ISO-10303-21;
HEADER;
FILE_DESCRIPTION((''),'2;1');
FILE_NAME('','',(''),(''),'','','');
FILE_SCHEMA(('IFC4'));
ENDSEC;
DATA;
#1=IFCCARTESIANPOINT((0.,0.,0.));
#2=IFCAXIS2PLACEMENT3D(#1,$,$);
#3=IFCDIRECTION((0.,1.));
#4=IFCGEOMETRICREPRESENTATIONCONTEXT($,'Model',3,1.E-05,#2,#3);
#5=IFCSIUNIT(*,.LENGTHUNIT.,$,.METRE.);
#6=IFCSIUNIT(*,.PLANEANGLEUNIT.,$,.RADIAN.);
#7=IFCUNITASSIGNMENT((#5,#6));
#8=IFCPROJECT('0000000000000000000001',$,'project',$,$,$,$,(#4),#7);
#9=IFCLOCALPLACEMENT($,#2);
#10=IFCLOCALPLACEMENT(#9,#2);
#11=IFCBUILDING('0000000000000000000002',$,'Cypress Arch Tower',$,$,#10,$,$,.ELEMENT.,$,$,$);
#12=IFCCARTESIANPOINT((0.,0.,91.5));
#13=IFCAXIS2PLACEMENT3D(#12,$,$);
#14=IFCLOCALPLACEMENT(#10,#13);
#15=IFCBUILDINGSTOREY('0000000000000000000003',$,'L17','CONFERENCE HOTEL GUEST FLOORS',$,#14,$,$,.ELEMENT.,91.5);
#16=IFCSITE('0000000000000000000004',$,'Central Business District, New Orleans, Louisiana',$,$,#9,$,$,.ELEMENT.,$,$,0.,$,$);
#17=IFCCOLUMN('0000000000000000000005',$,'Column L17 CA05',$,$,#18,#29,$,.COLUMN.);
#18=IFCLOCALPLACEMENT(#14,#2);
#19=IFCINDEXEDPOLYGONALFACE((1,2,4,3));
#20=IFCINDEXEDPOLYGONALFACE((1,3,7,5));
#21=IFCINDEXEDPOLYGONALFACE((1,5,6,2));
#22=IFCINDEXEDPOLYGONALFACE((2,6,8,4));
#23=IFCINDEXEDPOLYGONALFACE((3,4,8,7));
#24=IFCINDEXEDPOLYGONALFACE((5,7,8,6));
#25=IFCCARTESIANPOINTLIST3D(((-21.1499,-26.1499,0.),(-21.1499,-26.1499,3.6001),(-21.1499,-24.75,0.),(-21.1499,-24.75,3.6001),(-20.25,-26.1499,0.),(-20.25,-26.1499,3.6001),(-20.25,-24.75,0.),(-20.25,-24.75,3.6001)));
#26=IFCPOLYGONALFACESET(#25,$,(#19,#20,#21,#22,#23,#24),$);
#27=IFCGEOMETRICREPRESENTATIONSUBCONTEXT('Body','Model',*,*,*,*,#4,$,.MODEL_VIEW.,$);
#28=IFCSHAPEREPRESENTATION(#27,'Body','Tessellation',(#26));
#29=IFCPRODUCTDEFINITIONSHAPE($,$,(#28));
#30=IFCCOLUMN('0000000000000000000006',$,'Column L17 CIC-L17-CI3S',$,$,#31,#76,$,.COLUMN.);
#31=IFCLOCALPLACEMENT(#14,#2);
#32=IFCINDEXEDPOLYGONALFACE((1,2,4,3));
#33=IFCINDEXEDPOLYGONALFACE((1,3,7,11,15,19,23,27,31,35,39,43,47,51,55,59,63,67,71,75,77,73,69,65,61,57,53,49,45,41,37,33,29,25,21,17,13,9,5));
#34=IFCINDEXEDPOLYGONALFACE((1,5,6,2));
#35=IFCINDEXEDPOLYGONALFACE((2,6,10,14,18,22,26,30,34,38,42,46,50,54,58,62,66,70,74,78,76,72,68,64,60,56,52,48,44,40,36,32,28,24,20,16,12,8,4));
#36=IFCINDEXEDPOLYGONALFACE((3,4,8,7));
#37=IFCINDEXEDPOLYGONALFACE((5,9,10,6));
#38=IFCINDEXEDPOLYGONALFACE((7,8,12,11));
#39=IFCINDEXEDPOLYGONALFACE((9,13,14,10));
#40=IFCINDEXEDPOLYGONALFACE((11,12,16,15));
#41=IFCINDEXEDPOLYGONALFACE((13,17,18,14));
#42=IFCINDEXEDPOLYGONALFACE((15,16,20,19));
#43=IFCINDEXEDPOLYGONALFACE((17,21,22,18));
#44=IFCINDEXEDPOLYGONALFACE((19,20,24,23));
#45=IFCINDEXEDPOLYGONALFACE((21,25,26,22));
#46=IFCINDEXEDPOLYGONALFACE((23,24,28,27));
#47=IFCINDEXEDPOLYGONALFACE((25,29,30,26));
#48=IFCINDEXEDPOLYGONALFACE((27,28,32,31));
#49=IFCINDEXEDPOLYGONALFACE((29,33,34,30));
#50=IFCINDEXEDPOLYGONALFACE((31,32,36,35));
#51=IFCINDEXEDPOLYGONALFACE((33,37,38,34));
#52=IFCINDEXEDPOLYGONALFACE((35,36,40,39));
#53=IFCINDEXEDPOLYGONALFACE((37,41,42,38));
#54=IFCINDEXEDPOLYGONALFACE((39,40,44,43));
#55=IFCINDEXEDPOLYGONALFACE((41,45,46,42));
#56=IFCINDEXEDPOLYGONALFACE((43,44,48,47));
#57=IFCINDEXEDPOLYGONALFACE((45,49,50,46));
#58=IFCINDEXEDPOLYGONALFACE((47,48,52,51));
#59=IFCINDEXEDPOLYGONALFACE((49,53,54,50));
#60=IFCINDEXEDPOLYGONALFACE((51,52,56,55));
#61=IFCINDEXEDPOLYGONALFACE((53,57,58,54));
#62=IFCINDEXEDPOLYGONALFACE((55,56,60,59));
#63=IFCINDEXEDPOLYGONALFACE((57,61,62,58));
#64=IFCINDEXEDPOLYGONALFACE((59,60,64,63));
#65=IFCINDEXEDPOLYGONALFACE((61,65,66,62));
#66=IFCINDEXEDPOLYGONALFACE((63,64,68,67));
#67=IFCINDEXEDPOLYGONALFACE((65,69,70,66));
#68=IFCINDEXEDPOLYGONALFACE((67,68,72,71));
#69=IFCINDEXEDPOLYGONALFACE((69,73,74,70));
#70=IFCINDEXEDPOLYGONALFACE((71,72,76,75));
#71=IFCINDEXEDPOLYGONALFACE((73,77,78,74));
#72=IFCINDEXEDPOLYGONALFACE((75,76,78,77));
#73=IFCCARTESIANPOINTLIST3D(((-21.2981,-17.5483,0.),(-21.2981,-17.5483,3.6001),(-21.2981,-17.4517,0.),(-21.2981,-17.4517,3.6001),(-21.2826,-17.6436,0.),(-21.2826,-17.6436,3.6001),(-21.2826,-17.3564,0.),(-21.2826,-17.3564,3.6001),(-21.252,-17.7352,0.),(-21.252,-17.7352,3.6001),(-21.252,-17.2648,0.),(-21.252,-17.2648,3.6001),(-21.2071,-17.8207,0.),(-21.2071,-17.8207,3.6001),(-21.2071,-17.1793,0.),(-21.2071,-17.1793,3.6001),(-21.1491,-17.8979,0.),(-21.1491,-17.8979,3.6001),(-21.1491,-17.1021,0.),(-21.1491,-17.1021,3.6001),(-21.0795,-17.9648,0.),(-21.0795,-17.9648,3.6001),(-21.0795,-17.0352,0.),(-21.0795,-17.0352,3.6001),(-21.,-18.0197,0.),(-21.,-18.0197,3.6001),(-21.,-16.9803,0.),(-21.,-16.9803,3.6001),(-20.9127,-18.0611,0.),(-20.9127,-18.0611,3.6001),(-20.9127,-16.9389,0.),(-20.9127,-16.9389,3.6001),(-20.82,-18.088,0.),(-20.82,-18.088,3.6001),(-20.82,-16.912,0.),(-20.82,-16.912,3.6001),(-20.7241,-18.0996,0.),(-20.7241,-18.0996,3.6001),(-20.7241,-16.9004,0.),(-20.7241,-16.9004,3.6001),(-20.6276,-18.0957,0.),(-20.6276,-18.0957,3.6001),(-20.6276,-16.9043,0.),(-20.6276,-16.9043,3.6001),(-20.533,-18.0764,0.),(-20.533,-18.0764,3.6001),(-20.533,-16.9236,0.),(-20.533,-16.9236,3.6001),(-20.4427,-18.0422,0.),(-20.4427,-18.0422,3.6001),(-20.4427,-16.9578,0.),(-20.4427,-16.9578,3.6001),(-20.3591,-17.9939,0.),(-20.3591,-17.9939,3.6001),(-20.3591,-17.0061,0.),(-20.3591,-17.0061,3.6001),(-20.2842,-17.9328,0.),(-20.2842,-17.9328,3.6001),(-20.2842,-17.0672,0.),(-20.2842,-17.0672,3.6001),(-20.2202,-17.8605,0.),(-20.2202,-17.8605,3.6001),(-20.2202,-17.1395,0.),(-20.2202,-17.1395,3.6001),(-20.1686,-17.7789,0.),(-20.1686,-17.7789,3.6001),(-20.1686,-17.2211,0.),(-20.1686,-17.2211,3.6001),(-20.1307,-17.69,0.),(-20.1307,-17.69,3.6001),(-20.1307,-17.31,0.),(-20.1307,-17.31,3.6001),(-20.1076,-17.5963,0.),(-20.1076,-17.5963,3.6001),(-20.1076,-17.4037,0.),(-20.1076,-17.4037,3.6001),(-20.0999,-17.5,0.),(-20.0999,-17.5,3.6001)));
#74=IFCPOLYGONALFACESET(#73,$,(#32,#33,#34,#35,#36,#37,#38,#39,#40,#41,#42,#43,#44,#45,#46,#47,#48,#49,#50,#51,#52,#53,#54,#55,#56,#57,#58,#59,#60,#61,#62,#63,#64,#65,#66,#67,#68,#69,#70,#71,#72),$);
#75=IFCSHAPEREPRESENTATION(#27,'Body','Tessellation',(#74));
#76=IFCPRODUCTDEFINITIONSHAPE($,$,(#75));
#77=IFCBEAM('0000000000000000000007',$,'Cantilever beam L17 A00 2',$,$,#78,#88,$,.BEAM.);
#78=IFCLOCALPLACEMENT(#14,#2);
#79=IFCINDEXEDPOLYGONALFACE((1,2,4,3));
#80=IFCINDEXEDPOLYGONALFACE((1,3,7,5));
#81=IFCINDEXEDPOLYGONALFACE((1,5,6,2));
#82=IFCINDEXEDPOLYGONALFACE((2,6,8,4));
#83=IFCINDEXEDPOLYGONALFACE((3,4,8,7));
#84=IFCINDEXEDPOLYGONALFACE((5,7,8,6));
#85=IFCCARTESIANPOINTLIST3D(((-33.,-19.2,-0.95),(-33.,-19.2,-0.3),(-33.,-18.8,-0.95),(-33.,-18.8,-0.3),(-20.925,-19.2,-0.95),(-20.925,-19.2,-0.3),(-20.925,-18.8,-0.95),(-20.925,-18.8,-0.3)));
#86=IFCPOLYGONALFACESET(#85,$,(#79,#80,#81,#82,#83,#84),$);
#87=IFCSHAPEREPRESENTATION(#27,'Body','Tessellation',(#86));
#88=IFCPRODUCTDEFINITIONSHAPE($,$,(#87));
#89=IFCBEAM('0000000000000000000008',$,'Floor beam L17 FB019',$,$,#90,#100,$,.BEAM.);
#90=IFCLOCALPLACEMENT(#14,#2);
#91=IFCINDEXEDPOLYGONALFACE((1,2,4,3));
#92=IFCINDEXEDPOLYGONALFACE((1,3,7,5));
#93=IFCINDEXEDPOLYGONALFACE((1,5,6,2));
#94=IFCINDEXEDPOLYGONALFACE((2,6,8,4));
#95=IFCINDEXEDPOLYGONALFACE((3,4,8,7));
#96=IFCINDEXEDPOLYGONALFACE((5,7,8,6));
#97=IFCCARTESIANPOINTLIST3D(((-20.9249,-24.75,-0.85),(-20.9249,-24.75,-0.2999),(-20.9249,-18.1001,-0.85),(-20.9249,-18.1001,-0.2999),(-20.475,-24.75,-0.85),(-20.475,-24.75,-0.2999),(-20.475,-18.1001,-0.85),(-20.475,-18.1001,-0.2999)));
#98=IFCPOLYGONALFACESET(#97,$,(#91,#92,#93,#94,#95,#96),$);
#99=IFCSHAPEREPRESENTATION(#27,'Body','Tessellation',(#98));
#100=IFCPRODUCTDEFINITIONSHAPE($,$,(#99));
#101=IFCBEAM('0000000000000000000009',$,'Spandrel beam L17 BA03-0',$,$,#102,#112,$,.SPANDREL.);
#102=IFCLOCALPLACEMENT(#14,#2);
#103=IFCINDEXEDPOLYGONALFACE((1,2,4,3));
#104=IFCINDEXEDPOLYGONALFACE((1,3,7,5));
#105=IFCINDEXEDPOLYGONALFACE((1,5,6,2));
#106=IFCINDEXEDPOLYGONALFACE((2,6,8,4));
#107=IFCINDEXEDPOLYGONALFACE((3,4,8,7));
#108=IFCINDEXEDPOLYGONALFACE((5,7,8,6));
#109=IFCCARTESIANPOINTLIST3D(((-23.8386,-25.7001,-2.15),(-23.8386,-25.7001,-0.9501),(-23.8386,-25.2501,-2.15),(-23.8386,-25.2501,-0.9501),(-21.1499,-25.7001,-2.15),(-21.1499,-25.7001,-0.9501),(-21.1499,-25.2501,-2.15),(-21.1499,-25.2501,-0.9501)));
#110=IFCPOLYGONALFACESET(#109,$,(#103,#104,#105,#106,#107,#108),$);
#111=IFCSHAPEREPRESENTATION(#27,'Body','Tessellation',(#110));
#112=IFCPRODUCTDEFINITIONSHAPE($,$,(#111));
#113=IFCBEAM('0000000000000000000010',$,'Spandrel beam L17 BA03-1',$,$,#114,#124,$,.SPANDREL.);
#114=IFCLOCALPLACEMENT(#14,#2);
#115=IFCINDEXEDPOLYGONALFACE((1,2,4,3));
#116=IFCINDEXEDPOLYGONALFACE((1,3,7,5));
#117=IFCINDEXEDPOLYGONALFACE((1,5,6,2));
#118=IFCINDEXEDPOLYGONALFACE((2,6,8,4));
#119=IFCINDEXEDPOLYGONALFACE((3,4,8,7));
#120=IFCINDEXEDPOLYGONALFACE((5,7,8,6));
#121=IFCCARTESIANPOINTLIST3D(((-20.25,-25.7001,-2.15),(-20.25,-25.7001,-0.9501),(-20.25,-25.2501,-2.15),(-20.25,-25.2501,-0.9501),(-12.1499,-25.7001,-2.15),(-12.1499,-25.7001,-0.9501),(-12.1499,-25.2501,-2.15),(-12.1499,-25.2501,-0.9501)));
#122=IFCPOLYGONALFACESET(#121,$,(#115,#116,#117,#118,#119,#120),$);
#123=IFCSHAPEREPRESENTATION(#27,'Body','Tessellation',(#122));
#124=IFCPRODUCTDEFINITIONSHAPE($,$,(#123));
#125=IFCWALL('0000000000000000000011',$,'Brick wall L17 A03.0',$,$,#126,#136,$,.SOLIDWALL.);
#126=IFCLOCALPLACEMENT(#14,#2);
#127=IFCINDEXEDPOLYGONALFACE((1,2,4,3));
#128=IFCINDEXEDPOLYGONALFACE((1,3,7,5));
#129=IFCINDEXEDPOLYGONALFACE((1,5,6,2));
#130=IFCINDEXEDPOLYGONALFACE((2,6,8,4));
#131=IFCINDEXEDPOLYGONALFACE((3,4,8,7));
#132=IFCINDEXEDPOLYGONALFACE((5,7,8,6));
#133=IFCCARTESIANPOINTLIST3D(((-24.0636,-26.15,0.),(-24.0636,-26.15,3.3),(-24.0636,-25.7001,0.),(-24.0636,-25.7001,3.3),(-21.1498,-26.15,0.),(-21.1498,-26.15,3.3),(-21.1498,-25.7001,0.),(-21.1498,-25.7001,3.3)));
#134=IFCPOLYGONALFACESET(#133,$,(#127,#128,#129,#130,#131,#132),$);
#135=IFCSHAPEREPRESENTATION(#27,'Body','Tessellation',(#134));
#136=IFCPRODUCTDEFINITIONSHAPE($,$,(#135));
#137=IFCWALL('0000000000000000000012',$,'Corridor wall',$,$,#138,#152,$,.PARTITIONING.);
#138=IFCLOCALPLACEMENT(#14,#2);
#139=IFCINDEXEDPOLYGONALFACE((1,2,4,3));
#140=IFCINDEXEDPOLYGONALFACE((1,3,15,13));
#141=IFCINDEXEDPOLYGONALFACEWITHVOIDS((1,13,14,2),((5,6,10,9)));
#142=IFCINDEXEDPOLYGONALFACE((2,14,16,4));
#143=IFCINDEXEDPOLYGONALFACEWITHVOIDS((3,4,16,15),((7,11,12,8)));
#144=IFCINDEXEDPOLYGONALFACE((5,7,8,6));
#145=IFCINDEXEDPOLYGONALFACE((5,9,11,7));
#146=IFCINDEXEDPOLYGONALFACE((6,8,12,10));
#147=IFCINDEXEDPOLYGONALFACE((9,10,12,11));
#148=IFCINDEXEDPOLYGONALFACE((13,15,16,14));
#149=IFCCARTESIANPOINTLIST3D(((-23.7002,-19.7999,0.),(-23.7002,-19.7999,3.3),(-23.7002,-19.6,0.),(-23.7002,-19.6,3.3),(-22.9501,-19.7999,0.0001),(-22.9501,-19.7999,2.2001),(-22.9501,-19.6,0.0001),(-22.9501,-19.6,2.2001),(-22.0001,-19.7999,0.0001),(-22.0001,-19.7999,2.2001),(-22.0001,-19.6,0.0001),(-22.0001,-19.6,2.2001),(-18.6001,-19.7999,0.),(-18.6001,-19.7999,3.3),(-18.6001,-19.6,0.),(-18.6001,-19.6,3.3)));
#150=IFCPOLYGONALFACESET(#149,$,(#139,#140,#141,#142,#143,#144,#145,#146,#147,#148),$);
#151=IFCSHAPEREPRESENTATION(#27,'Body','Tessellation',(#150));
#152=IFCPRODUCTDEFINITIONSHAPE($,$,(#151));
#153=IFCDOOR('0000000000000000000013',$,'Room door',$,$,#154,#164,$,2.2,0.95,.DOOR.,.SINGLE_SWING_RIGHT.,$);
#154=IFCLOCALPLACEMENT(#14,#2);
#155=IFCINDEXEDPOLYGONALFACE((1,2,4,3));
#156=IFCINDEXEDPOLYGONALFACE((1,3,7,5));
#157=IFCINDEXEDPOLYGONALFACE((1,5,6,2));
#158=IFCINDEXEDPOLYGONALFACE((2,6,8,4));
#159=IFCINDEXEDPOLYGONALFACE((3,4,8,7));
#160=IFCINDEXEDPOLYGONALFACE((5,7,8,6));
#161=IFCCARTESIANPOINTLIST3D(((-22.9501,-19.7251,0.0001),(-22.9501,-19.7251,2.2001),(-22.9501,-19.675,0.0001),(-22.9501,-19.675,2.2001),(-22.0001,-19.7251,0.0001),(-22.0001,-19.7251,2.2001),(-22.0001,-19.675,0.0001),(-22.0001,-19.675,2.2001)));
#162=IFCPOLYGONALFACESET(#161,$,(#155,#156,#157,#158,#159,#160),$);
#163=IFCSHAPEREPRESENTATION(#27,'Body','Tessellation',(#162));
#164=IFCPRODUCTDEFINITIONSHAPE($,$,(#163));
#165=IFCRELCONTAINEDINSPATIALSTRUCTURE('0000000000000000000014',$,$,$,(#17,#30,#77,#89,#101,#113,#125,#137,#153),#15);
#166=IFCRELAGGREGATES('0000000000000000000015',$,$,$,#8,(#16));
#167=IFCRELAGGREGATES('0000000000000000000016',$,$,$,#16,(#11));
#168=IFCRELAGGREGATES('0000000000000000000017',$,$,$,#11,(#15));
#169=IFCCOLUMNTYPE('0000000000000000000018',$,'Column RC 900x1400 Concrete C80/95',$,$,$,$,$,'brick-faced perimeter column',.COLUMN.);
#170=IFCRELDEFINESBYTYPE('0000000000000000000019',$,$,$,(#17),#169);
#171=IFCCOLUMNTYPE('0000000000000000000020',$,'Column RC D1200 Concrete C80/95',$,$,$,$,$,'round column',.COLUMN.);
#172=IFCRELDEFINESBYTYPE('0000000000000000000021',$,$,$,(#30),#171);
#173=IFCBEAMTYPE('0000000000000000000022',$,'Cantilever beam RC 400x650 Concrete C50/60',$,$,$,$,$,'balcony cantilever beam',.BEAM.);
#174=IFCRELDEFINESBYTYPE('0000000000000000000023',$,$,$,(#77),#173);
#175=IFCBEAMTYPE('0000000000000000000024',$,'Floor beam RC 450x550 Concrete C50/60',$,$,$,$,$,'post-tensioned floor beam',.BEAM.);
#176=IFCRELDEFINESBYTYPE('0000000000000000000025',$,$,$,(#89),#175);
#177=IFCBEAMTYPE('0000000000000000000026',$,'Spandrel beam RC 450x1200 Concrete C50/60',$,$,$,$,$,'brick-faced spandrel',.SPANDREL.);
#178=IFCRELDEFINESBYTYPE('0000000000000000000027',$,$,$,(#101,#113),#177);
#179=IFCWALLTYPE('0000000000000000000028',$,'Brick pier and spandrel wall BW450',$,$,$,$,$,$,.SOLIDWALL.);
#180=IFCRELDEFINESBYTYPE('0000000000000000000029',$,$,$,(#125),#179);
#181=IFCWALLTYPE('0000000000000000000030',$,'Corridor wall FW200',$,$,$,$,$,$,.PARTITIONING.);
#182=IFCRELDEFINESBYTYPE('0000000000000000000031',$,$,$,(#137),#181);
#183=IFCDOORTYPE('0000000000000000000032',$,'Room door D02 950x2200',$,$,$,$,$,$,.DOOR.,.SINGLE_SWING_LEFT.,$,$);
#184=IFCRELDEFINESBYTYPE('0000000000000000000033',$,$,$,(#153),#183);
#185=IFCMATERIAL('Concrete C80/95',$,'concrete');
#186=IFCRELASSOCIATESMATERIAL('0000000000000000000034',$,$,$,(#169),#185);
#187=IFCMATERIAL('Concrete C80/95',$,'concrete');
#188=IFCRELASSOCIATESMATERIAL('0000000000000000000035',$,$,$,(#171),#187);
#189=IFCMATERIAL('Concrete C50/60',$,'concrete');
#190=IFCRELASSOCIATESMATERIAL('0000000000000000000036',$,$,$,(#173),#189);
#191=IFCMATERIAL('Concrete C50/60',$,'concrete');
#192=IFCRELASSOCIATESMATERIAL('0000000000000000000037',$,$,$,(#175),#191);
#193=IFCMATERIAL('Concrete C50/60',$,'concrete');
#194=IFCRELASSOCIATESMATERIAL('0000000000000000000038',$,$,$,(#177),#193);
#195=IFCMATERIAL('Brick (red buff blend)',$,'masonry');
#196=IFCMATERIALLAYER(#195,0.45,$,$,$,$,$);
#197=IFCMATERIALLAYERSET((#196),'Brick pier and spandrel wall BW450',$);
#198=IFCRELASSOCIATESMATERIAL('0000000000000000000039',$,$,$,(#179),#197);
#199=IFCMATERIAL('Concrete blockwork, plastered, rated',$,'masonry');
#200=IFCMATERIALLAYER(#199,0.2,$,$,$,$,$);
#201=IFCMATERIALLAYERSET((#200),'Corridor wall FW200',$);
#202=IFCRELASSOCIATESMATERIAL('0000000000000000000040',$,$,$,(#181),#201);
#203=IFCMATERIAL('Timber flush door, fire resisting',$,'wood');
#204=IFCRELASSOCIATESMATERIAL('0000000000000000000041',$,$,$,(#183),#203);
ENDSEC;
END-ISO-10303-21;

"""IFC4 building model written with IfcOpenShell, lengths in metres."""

from ifc_helpers import new_model, si_unit, direction, frame, frame_2d, origin, origin_2d, place, context, subcontext, project, spatial, rectangle, circle, extrude, material, layer, layer_set, material_profile, profile_set, type_object, element, fill, save


model = new_model("IFC4")

# Units and contexts
model_context = context("Model", 3, precision=1e-05, world=origin(), true_north=direction((0.0, 1.0)))
body_context = subcontext(model_context, "Body", "Model", "MODEL_VIEW")
ifc_project = project(units=[si_unit("LENGTHUNIT", "METRE"), si_unit("PLANEANGLEUNIT", "RADIAN")], contexts=[model_context])

# Site, building, storey
site_placement = place(None, origin())
site = spatial("IfcSite", under=ifc_project, at=site_placement, Name="Central Business District, New Orleans, Louisiana", CompositionType="ELEMENT", RefElevation=0.0)
building_placement = place(site_placement, origin())
building = spatial("IfcBuilding", under=site, at=building_placement, Name="Cypress Arch Tower", CompositionType="ELEMENT")
storey_placement = place(building_placement, frame((0.0, 0.0, 91.5)))
storey = spatial("IfcBuildingStorey", under=building, at=storey_placement, Name="L17", Description="CONFERENCE HOTEL GUEST FLOORS", CompositionType="ELEMENT", Elevation=91.5)

# Columns
ifc_material_1 = material(Name="Concrete C80/95", Category="concrete")
ifc_material_profile_1 = material_profile(ifc_material_1, rectangle(XDim=0.8999, YDim=1.3999, at=origin_2d()), Name="RC 900x1400")
ifc_profile_set_1 = profile_set([ifc_material_profile_1], Name="Concrete C80/95")
column_type_1 = type_object("IfcColumnType", Name="Column RC 900x1400 Concrete C80/95", ElementType="brick-faced perimeter column", PredefinedType="COLUMN", material=ifc_profile_set_1)
column_1_placement = place(storey_placement, frame((-20.7, -25.45, 0.0), z_axis=(0.0, 0.0, 1.0), x_axis=(1.0, 0.0, 0.0)))
element("IfcColumn", 1, at=column_1_placement, inside=storey, type_object=column_type_1, Name="Column L17 CA05", PredefinedType="COLUMN", context=body_context, shape_type="SweptSolid", body=[
    extrude(rectangle(XDim=0.8999, YDim=1.3999, at=origin_2d()), origin(), (0.0, 0.0, 1.0), 3.6001),
])
ifc_material_2 = material(Name="Concrete C80/95", Category="concrete")
ifc_material_profile_2 = material_profile(ifc_material_2, circle(Radius=0.6001, at=origin_2d()), Name="RC D1200")
ifc_profile_set_2 = profile_set([ifc_material_profile_2], Name="Concrete C80/95")
column_type_2 = type_object("IfcColumnType", Name="Column RC D1200 Concrete C80/95", ElementType="round column", PredefinedType="COLUMN", material=ifc_profile_set_2)
column_2_placement = place(storey_placement, frame((-20.7, -17.5, 0.0), z_axis=(0.0, 0.0, 1.0), x_axis=(1.0, 0.0, 0.0)))
element("IfcColumn", 2, at=column_2_placement, inside=storey, type_object=column_type_2, Name="Column L17 CIC-L17-CI3S", PredefinedType="COLUMN", context=body_context, shape_type="SweptSolid", body=[
    extrude(circle(Radius=0.6001, at=origin_2d()), origin(), (0.0, 0.0, 1.0), 3.6001),
])

# Beams
ifc_material_3 = material(Name="Concrete C50/60", Category="concrete")
ifc_material_profile_3 = material_profile(ifc_material_3, rectangle(XDim=0.3999, YDim=0.6499, at=origin_2d()), Name="RC 400x650")
ifc_profile_set_3 = profile_set([ifc_material_profile_3], Name="Concrete C50/60")
beam_type_1 = type_object("IfcBeamType", Name="Cantilever beam RC 400x650 Concrete C50/60", ElementType="balcony cantilever beam", PredefinedType="BEAM", material=ifc_profile_set_3)
beam_1_placement = place(storey_placement, frame((-20.925, -19.0, -0.625), z_axis=(-1.0, 0.0, 0.0), x_axis=(0.0, -1.0, 0.0)))
element("IfcBeam", 3, at=beam_1_placement, inside=storey, type_object=beam_type_1, Name="Cantilever beam L17 A00 2", PredefinedType="BEAM", context=body_context, shape_type="SweptSolid", body=[
    extrude(rectangle(XDim=0.3999, YDim=0.6499, at=origin_2d()), origin(), (0.0, 0.0, 1.0), 12.075),
])
ifc_material_4 = material(Name="Concrete C50/60", Category="concrete")
ifc_material_profile_4 = material_profile(ifc_material_4, rectangle(XDim=0.45, YDim=0.55, at=origin_2d()), Name="RC 450x550")
ifc_profile_set_4 = profile_set([ifc_material_profile_4], Name="Concrete C50/60")
beam_type_2 = type_object("IfcBeamType", Name="Floor beam RC 450x550 Concrete C50/60", ElementType="post-tensioned floor beam", PredefinedType="BEAM", material=ifc_profile_set_4)
beam_2_placement = place(storey_placement, frame((-20.7, -24.75, -0.575), z_axis=(0.0, 1.0, 0.0), x_axis=(-1.0, 0.0, 0.0)))
element("IfcBeam", 4, at=beam_2_placement, inside=storey, type_object=beam_type_2, Name="Floor beam L17 FB019", PredefinedType="BEAM", context=body_context, shape_type="SweptSolid", body=[
    extrude(rectangle(XDim=0.45, YDim=0.55, at=origin_2d()), origin(), (0.0, 0.0, 1.0), 6.6499),
])
ifc_material_5 = material(Name="Concrete C50/60", Category="concrete")
ifc_material_profile_5 = material_profile(ifc_material_5, rectangle(XDim=0.45, YDim=1.2, at=origin_2d()), Name="RC 450x1200")
ifc_profile_set_5 = profile_set([ifc_material_profile_5], Name="Concrete C50/60")
beam_type_3 = type_object("IfcBeamType", Name="Spandrel beam RC 450x1200 Concrete C50/60", ElementType="brick-faced spandrel", PredefinedType="SPANDREL", material=ifc_profile_set_5)
beam_3_placement = place(storey_placement, frame((-23.8386, -25.4751, -1.55), z_axis=(1.0, 0.0, 0.0), x_axis=(0.0, 1.0, 0.0)))
element("IfcBeam", 5, at=beam_3_placement, inside=storey, type_object=beam_type_3, Name="Spandrel beam L17 BA03-0", PredefinedType="SPANDREL", context=body_context, shape_type="SweptSolid", body=[
    extrude(rectangle(XDim=0.45, YDim=1.2, at=origin_2d()), origin(), (0.0, 0.0, 1.0), 2.6887),
])
beam_4_placement = place(storey_placement, frame((-20.25, -25.4751, -1.55), z_axis=(1.0, 0.0, 0.0), x_axis=(0.0, 1.0, 0.0)))
element("IfcBeam", 6, at=beam_4_placement, inside=storey, type_object=beam_type_3, Name="Spandrel beam L17 BA03-1", PredefinedType="SPANDREL", context=body_context, shape_type="SweptSolid", body=[
    extrude(rectangle(XDim=0.45, YDim=1.2, at=origin_2d()), origin(), (0.0, 0.0, 1.0), 8.1001),
])

# Wall
ifc_material_6 = material(Name="Brick (red buff blend)", Category="masonry")
ifc_layer_1 = layer(ifc_material_6, 0.45)
ifc_layer_set_1 = layer_set([ifc_layer_1], Name="Brick pier and spandrel wall BW450")
wall_type_1 = type_object("IfcWallType", Name="Brick pier and spandrel wall BW450", PredefinedType="SOLIDWALL", material=ifc_layer_set_1)
wall_1_placement = place(storey_placement, frame((-24.0637, -25.925, 0.0), z_axis=(0.0, 0.0, 1.0), x_axis=(1.0, 0.0, 0.0)))
element("IfcWall", 7, at=wall_1_placement, inside=storey, type_object=wall_type_1, Name="Brick wall L17 A03.0", PredefinedType="SOLIDWALL", context=body_context, shape_type="SweptSolid", body=[
    extrude(rectangle(XDim=2.9138, YDim=0.45, at=frame_2d((1.457, 0.0))), origin(), (0.0, 0.0, 1.0), 3.3),
])

# Wall, opening, door
ifc_material_7 = material(Name="Concrete blockwork, plastered, rated", Category="masonry")
ifc_layer_2 = layer(ifc_material_7, 0.2)
ifc_layer_set_2 = layer_set([ifc_layer_2], Name="Corridor wall FW200")
wall_type_2 = type_object("IfcWallType", Name="Corridor wall FW200", PredefinedType="PARTITIONING", material=ifc_layer_set_2)
wall_2_placement = place(storey_placement, frame((-23.7002, -19.7, 0.0), z_axis=(0.0, 0.0, 1.0), x_axis=(1.0, 0.0, 0.0)))
wall_2 = element("IfcWall", 8, at=wall_2_placement, inside=storey, type_object=wall_type_2, Name="Corridor wall", PredefinedType="PARTITIONING", context=body_context, shape_type="SweptSolid", body=[
    extrude(rectangle(XDim=5.1001, YDim=0.2, at=frame_2d((2.55, 0.0))), origin(), (0.0, 0.0, 1.0), 3.3),
])
opening_1_placement = place(wall_2_placement, frame((0.75, 0.0, 0.0)))
opening_1 = element("IfcOpeningElement", 9, at=opening_1_placement, cuts=wall_2, PredefinedType="OPENING", context=body_context, shape_type="SweptSolid", body=[
    extrude(rectangle(XDim=0.95, YDim=2.2, at=frame_2d((0.4751, 1.1001))), frame((0.0, 0.1099, 0.0), z_axis=(0.0, -1.0, 0.0), x_axis=(1.0, 0.0, 0.0)), (0.0, 0.0, 1.0), 0.22),
])
ifc_material_8 = material(Name="Timber flush door, fire resisting", Category="wood")
door_type_1 = type_object("IfcDoorType", Name="Room door D02 950x2200", OperationType="SINGLE_SWING_LEFT", PredefinedType="DOOR", material=ifc_material_8)
door_1_placement = place(opening_1_placement, origin())
door_1 = element("IfcDoor", 10, at=door_1_placement, inside=storey, type_object=door_type_1, Name="Room door", OperationType="SINGLE_SWING_RIGHT", OverallHeight=2.2, OverallWidth=0.95, PredefinedType="DOOR", context=body_context, shape_type="SweptSolid", body=[
    extrude(rectangle(XDim=0.95, YDim=2.2, at=frame_2d((0.4751, 1.1001))), frame((0.0, 0.0249, 0.0), z_axis=(0.0, -1.0, 0.0), x_axis=(1.0, 0.0, 0.0)), (0.0, 0.0, 1.0), 0.05),
])
fill(opening_1, door_1)

save(model, "model.ifc")
